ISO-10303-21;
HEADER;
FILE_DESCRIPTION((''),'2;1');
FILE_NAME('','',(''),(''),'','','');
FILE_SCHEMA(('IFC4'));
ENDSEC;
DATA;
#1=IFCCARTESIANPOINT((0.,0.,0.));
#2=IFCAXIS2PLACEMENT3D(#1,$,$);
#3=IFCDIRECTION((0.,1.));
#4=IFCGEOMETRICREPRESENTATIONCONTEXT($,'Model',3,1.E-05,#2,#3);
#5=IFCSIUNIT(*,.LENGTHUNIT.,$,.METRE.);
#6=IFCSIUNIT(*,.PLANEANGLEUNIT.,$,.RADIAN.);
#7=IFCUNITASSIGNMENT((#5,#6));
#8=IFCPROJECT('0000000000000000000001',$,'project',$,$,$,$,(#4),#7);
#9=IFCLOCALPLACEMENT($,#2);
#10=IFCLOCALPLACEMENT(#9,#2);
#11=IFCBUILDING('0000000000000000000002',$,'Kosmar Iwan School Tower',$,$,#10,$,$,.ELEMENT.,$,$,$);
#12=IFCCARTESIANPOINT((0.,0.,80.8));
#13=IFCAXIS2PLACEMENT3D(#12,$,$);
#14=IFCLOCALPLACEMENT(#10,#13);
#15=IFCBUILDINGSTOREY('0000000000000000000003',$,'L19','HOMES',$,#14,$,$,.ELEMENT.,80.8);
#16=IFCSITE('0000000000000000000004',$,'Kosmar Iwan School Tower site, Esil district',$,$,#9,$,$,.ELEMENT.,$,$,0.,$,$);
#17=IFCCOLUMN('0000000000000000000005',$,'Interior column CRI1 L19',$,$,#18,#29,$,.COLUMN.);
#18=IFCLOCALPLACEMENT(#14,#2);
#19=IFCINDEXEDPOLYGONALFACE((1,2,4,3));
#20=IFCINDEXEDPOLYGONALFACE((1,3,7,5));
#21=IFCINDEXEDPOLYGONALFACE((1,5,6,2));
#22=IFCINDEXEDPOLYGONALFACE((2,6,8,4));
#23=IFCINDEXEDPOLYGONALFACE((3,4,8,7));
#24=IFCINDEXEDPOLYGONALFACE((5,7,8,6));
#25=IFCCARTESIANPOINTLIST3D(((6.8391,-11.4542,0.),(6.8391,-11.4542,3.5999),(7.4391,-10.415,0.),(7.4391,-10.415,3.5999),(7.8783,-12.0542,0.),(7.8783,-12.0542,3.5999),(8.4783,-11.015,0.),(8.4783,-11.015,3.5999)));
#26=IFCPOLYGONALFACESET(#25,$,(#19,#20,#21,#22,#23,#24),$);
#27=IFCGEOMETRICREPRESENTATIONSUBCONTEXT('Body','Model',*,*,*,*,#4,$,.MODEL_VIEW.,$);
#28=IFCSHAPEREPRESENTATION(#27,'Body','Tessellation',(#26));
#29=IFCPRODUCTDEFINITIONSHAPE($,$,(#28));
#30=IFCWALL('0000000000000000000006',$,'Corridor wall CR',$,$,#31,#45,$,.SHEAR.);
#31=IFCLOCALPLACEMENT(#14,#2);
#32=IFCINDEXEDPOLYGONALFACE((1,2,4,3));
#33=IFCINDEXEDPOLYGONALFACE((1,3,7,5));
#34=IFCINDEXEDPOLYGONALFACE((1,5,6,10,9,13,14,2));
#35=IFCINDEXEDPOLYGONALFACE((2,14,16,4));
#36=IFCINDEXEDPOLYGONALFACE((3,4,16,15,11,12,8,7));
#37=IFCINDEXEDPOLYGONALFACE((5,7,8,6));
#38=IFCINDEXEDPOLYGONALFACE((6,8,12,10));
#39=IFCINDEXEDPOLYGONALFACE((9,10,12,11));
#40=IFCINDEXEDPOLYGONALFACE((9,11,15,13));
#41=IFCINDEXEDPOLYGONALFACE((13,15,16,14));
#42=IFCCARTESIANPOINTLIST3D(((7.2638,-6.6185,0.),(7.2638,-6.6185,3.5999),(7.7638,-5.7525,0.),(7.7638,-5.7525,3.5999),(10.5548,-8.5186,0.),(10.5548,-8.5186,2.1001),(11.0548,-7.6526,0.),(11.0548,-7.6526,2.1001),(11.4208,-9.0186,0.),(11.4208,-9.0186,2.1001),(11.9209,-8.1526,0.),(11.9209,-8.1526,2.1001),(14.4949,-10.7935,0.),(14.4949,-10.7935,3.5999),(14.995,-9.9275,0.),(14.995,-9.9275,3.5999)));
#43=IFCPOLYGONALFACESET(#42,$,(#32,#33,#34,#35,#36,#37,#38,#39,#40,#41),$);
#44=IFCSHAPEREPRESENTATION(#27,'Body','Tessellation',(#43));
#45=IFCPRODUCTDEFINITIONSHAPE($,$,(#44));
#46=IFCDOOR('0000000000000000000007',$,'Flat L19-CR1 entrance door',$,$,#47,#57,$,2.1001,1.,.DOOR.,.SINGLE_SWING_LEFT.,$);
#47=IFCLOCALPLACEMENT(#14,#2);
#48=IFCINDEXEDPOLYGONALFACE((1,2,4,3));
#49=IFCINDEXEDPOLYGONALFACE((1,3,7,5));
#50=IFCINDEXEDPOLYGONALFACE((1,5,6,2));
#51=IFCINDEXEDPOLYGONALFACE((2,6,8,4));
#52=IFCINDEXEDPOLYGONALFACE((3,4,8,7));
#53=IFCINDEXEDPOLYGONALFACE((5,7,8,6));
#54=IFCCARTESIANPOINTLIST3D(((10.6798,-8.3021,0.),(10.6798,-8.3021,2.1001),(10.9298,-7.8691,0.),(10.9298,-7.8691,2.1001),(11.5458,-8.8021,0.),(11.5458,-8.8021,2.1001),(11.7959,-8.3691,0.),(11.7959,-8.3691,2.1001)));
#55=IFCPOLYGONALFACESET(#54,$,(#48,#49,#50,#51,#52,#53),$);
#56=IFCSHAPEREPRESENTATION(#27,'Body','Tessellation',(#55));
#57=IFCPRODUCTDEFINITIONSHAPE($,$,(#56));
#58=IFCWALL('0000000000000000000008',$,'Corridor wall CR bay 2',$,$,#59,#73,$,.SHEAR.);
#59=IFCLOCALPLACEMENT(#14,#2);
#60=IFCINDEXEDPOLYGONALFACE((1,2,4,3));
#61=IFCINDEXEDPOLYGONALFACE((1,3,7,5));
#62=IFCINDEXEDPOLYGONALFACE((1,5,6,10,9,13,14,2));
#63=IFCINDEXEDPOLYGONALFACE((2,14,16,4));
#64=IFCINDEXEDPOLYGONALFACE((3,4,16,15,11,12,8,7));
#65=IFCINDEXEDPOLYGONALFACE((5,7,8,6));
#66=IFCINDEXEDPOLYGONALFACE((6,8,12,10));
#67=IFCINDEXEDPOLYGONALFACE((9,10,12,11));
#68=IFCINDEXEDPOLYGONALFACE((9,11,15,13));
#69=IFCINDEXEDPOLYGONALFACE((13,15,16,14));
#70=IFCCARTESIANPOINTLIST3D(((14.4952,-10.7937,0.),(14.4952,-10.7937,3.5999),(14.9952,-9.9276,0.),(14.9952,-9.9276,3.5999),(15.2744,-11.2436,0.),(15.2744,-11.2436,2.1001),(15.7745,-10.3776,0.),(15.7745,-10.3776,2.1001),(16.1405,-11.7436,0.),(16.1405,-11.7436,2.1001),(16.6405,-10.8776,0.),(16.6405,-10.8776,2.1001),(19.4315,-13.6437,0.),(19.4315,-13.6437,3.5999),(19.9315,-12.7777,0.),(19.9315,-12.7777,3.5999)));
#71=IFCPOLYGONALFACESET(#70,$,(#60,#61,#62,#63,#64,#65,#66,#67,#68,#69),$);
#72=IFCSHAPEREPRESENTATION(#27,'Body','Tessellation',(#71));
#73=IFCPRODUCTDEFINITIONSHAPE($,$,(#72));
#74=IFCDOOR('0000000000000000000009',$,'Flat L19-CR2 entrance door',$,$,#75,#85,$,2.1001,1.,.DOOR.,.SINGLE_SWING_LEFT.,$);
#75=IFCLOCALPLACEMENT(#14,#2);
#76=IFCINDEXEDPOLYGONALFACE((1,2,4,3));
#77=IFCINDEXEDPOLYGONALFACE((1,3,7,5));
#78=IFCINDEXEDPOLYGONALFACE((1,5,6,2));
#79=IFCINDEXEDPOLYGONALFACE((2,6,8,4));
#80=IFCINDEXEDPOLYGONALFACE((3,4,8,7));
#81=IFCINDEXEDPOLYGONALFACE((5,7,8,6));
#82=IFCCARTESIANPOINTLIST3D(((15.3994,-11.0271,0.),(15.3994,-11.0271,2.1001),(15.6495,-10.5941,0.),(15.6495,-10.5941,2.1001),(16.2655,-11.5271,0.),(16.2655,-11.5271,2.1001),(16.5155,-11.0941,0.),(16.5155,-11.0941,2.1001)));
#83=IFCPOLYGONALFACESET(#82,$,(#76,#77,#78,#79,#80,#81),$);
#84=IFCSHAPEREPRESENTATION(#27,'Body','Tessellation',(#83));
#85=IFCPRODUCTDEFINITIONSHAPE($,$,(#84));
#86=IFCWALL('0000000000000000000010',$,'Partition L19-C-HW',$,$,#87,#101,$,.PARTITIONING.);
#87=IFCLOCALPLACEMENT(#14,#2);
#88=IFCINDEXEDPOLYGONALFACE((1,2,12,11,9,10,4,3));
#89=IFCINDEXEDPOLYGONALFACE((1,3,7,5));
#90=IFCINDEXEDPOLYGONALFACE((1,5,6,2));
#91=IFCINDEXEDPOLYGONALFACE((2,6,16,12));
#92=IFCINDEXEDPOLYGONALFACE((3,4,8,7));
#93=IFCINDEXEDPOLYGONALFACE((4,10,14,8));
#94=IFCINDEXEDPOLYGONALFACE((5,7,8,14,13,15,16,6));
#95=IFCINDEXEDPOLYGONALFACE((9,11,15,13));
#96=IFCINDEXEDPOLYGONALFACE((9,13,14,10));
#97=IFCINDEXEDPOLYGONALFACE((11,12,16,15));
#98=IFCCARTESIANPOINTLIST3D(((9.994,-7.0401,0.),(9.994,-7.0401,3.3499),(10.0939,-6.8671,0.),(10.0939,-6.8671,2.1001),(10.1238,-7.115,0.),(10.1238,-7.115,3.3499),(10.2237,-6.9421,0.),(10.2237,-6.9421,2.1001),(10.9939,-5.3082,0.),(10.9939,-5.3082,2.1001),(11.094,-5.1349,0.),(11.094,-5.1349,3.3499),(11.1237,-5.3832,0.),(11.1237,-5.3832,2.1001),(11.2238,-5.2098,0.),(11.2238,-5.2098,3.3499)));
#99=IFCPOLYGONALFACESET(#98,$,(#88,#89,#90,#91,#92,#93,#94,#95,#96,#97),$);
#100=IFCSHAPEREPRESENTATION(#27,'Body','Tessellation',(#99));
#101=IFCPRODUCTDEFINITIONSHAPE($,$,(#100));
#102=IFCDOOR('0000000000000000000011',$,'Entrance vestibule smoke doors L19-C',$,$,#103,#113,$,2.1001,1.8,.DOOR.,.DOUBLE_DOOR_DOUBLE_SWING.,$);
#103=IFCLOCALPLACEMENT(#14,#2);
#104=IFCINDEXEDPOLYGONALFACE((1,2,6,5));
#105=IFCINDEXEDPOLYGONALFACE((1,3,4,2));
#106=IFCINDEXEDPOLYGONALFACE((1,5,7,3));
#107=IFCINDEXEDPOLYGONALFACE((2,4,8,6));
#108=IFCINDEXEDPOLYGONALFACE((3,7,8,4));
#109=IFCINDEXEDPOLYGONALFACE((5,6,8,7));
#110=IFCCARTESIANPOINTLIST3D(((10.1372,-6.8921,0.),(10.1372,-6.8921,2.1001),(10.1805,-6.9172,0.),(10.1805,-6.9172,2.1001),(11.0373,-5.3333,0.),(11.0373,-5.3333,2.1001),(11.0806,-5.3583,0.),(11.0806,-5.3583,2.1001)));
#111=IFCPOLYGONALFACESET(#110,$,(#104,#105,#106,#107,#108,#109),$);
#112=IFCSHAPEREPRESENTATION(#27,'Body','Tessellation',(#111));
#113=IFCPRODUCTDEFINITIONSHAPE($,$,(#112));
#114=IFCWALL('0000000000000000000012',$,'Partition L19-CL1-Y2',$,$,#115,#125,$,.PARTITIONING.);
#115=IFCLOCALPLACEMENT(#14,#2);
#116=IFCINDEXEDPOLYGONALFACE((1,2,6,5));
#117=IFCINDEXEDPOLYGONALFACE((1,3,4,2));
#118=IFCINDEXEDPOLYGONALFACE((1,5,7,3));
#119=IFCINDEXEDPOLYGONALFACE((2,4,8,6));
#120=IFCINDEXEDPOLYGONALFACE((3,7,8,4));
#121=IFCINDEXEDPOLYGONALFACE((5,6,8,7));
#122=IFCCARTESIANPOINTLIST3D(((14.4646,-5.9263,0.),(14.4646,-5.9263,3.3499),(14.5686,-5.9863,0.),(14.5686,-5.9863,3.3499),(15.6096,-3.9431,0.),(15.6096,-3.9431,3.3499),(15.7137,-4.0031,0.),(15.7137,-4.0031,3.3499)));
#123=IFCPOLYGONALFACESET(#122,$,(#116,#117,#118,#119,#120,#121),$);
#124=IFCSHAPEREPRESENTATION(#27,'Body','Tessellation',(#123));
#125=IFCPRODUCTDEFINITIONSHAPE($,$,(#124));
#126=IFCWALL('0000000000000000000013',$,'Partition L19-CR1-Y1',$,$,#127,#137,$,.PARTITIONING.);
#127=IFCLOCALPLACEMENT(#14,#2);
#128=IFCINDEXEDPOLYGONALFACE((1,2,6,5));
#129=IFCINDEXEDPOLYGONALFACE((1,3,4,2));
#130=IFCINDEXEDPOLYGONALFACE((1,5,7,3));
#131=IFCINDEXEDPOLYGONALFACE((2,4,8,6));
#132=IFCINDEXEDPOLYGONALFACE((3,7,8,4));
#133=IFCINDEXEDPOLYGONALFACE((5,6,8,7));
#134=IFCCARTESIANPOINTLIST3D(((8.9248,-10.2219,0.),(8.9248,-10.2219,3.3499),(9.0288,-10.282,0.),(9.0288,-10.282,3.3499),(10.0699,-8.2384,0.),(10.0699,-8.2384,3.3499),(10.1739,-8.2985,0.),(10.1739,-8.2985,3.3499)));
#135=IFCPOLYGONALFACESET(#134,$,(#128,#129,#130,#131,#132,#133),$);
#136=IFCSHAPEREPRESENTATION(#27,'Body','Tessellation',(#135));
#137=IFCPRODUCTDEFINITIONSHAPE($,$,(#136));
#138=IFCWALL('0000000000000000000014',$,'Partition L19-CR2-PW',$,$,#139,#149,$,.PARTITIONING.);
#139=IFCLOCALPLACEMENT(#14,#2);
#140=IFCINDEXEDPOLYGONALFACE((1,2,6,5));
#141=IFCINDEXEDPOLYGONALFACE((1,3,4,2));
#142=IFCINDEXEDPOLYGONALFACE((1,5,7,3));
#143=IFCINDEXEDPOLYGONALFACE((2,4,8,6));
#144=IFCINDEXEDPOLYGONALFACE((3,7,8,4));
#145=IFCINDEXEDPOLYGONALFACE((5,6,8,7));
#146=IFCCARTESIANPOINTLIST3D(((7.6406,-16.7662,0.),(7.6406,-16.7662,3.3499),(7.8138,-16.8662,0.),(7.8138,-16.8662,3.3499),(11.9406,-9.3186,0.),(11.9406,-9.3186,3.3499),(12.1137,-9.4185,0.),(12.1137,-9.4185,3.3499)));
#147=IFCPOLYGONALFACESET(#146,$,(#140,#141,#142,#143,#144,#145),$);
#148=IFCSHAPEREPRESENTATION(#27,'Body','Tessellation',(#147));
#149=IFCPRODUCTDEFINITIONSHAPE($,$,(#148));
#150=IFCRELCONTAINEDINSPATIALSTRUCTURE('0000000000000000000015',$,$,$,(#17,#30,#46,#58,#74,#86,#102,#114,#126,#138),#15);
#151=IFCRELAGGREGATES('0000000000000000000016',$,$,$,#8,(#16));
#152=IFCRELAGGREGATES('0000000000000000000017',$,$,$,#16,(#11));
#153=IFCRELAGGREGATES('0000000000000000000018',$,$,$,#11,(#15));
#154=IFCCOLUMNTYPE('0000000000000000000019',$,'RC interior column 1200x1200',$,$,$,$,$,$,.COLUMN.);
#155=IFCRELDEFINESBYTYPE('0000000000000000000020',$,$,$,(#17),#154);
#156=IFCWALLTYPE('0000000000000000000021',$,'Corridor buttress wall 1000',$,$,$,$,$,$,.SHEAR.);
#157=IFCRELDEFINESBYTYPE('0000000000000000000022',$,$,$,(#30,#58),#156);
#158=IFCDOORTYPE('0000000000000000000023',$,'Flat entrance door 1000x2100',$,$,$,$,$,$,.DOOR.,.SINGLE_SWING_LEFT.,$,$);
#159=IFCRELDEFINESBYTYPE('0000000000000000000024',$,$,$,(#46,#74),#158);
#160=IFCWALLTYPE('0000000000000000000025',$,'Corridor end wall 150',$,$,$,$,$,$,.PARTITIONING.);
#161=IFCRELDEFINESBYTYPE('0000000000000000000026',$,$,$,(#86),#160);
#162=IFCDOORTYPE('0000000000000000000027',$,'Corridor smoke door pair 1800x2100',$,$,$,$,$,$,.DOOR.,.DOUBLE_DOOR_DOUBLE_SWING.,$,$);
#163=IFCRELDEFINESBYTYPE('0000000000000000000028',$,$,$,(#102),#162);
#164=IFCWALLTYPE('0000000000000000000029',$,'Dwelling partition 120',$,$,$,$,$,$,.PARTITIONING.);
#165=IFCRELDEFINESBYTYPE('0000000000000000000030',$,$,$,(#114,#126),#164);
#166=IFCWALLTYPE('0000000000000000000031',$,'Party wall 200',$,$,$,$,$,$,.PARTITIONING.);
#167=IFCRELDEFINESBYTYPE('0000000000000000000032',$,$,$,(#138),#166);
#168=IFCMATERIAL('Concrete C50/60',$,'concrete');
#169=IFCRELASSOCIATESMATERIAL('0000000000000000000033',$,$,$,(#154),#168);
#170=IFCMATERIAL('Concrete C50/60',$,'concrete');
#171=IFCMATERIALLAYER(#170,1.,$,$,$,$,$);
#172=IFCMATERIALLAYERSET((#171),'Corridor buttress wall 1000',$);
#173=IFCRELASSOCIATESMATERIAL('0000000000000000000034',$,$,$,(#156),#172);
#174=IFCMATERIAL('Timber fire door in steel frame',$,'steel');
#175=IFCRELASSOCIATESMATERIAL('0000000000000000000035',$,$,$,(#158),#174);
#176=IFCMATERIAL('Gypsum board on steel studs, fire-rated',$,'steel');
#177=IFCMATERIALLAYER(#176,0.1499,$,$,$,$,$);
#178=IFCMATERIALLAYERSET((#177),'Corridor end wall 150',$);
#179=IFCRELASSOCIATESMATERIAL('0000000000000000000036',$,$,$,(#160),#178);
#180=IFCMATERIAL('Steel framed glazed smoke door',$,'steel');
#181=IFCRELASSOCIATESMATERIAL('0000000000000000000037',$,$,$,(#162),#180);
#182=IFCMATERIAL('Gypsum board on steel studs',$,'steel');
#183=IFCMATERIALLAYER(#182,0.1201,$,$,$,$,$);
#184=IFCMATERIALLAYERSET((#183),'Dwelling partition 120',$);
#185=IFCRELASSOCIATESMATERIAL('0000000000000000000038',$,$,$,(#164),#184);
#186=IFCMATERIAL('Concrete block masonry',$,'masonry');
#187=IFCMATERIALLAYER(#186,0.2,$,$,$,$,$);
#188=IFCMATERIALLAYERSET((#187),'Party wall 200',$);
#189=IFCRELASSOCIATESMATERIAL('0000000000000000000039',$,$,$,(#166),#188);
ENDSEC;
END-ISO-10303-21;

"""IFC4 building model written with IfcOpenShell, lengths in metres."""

from ifc_helpers import new_model, si_unit, direction, frame, frame_2d, origin, origin_2d, place, context, subcontext, project, spatial, rectangle, extrude, material, layer, layer_set, material_profile, profile_set, type_object, element, fill, save


model = new_model("IFC4")

# Units and contexts
model_context = context("Model", 3, precision=1e-05, world=origin(), true_north=direction((0.0, 1.0)))
body_context = subcontext(model_context, "Body", "Model", "MODEL_VIEW")
ifc_project = project(units=[si_unit("LENGTHUNIT", "METRE"), si_unit("PLANEANGLEUNIT", "RADIAN")], contexts=[model_context])

# Site, building, storey
site_placement = place(None, origin())
site = spatial("IfcSite", under=ifc_project, at=site_placement, Name="Kosmar Iwan School Tower site, Esil district", CompositionType="ELEMENT", RefElevation=0.0)
building_placement = place(site_placement, origin())
building = spatial("IfcBuilding", under=site, at=building_placement, Name="Kosmar Iwan School Tower", CompositionType="ELEMENT")
storey_placement = place(building_placement, frame((0.0, 0.0, 80.8)))
storey = spatial("IfcBuildingStorey", under=building, at=storey_placement, Name="L19", Description="HOMES", CompositionType="ELEMENT", Elevation=80.8)

# Column
ifc_material_1 = material(Name="Concrete C50/60", Category="concrete")
ifc_material_profile = material_profile(ifc_material_1, rectangle(XDim=1.2, YDim=1.2, at=origin_2d()), Name="RC 1200x1200")
ifc_profile_set = profile_set([ifc_material_profile], Name="Concrete C50/60")
column_type = type_object("IfcColumnType", Name="RC interior column 1200x1200", PredefinedType="COLUMN", material=ifc_profile_set)
column_placement = place(storey_placement, frame((7.6587, -11.2346, 0.0), z_axis=(0.0, 0.0, 1.0), x_axis=(0.866025, -0.5, 0.0)))
element("IfcColumn", 1, at=column_placement, inside=storey, type_object=column_type, Name="Interior column CRI1 L19", PredefinedType="COLUMN", context=body_context, shape_type="SweptSolid", body=[
    extrude(rectangle(XDim=1.2, YDim=1.2, at=origin_2d()), origin(), (0.0, 0.0, 1.0), 3.5999),
])

# Walls, openings, doors
ifc_material_2 = material(Name="Concrete C50/60", Category="concrete")
ifc_layer_1 = layer(ifc_material_2, 1.0)
ifc_layer_set_1 = layer_set([ifc_layer_1], Name="Corridor buttress wall 1000")
wall_type_1 = type_object("IfcWallType", Name="Corridor buttress wall 1000", PredefinedType="SHEAR", material=ifc_layer_set_1)
wall_1_placement = place(storey_placement, frame((7.5139, -6.1855, 0.0), z_axis=(0.0, 0.0, 1.0), x_axis=(0.86602, -0.50001, 0.0)))
wall_1 = element("IfcWall", 2, at=wall_1_placement, inside=storey, type_object=wall_type_1, Name="Corridor wall CR", PredefinedType="SHEAR", context=body_context, shape_type="SweptSolid", body=[
    extrude(rectangle(XDim=8.3499, YDim=1.0, at=frame_2d((4.1748, 0.0))), origin(), (0.0, 0.0, 1.0), 3.5999),
])
opening_1_placement = place(wall_1_placement, frame((3.8, 0.0, 0.0)))
opening_1 = element("IfcOpeningElement", 3, at=opening_1_placement, cuts=wall_1, PredefinedType="OPENING", context=body_context, shape_type="SweptSolid", body=[
    extrude(rectangle(XDim=1.0, YDim=2.1001, at=frame_2d((0.5, 1.05))), frame((0.0, 0.512, 0.0), z_axis=(0.0, -1.0, 0.0), x_axis=(1.0, 0.0, 0.0)), (0.0, 0.0, 1.0), 1.0239),
])
ifc_material_3 = material(Name="Timber fire door in steel frame", Category="steel")
door_type_1 = type_object("IfcDoorType", Name="Flat entrance door 1000x2100", OperationType="SINGLE_SWING_LEFT", PredefinedType="DOOR", material=ifc_material_3)
door_1_placement = place(opening_1_placement, origin())
door_1 = element("IfcDoor", 4, at=door_1_placement, inside=storey, type_object=door_type_1, Name="Flat L19-CR1 entrance door", OperationType="SINGLE_SWING_LEFT", OverallHeight=2.1001, OverallWidth=1.0, PredefinedType="DOOR", context=body_context, shape_type="SweptSolid", body=[
    extrude(rectangle(XDim=1.0, YDim=2.1001, at=frame_2d((0.5, 1.05))), frame((0.0, 0.25, 0.0), z_axis=(0.0, -1.0, 0.0), x_axis=(1.0, 0.0, 0.0)), (0.0, 0.0, 1.0), 0.5),
])
fill(opening_1, door_1)
wall_2_placement = place(storey_placement, frame((14.7451, -10.3606, 0.0), z_axis=(0.0, 0.0, 1.0), x_axis=(0.866015, -0.500018, 0.0)))
wall_2 = element("IfcWall", 5, at=wall_2_placement, inside=storey, type_object=wall_type_1, Name="Corridor wall CR bay 2", PredefinedType="SHEAR", context=body_context, shape_type="SweptSolid", body=[
    extrude(rectangle(XDim=5.7, YDim=1.0, at=frame_2d((2.8501, 0.0))), origin(), (0.0, 0.0, 1.0), 3.5999),
])
opening_2_placement = place(wall_2_placement, frame((0.8999, 0.0, 0.0)))
opening_2 = element("IfcOpeningElement", 6, at=opening_2_placement, cuts=wall_2, PredefinedType="OPENING", context=body_context, shape_type="SweptSolid", body=[
    extrude(rectangle(XDim=1.0, YDim=2.1001, at=frame_2d((0.5, 1.05))), frame((0.0, 0.512, 0.0), z_axis=(0.0, -1.0, 0.0), x_axis=(1.0, 0.0, 0.0)), (0.0, 0.0, 1.0), 1.0239),
])
door_2_placement = place(opening_2_placement, origin())
door_2 = element("IfcDoor", 7, at=door_2_placement, inside=storey, type_object=door_type_1, Name="Flat L19-CR2 entrance door", OperationType="SINGLE_SWING_LEFT", OverallHeight=2.1001, OverallWidth=1.0, PredefinedType="DOOR", context=body_context, shape_type="SweptSolid", body=[
    extrude(rectangle(XDim=1.0, YDim=2.1001, at=frame_2d((0.5, 1.05))), frame((0.0, 0.25, 0.0), z_axis=(0.0, -1.0, 0.0), x_axis=(1.0, 0.0, 0.0)), (0.0, 0.0, 1.0), 0.5),
])
fill(opening_2, door_2)
ifc_material_4 = material(Name="Gypsum board on steel studs, fire-rated", Category="steel")
ifc_layer_2 = layer(ifc_material_4, 0.1499)
ifc_layer_set_2 = layer_set([ifc_layer_2], Name="Corridor end wall 150")
wall_type_2 = type_object("IfcWallType", Name="Corridor end wall 150", PredefinedType="PARTITIONING", material=ifc_layer_set_2)
wall_3_placement = place(storey_placement, frame((10.0588, -7.0776, 0.0), z_axis=(0.0, 0.0, 1.0), x_axis=(0.50003, 0.866008, 0.0)))
wall_3 = element("IfcWall", 8, at=wall_3_placement, inside=storey, type_object=wall_type_2, Name="Partition L19-C-HW", PredefinedType="PARTITIONING", context=body_context, shape_type="SweptSolid", body=[
    extrude(rectangle(XDim=2.2, YDim=0.1499, at=frame_2d((1.1001, 0.0))), origin(), (0.0, 0.0, 1.0), 3.3499),
])
opening_3_placement = place(wall_3_placement, frame((0.2, 0.0, 0.0)))
opening_3 = element("IfcOpeningElement", 9, at=opening_3_placement, cuts=wall_3, PredefinedType="OPENING", context=body_context, shape_type="SweptSolid", body=[
    extrude(rectangle(XDim=1.8, YDim=2.1001, at=frame_2d((0.8999, 1.05))), frame((0.0, 0.0869, 0.0), z_axis=(0.0, -1.0, 0.0), x_axis=(1.0, 0.0, 0.0)), (0.0, 0.0, 1.0), 0.1738),
])
ifc_material_5 = material(Name="Steel framed glazed smoke door", Category="steel")
door_type_2 = type_object("IfcDoorType", Name="Corridor smoke door pair 1800x2100", OperationType="DOUBLE_DOOR_DOUBLE_SWING", PredefinedType="DOOR", material=ifc_material_5)
door_3_placement = place(opening_3_placement, origin())
door_3 = element("IfcDoor", 10, at=door_3_placement, inside=storey, type_object=door_type_2, Name="Entrance vestibule smoke doors L19-C", OperationType="DOUBLE_DOOR_DOUBLE_SWING", OverallHeight=2.1001, OverallWidth=1.8, PredefinedType="DOOR", context=body_context, shape_type="SweptSolid", body=[
    extrude(rectangle(XDim=1.8, YDim=2.1001, at=frame_2d((0.8999, 1.05))), frame((0.0, 0.0249, 0.0), z_axis=(0.0, -1.0, 0.0), x_axis=(1.0, 0.0, 0.0)), (0.0, 0.0, 1.0), 0.05),
])
fill(opening_3, door_3)

# Walls
ifc_material_6 = material(Name="Gypsum board on steel studs", Category="steel")
ifc_layer_3 = layer(ifc_material_6, 0.1201)
ifc_layer_set_3 = layer_set([ifc_layer_3], Name="Dwelling partition 120")
wall_type_3 = type_object("IfcWallType", Name="Dwelling partition 120", PredefinedType="PARTITIONING", material=ifc_layer_set_3)
wall_4_placement = place(storey_placement, frame((14.5166, -5.9563, 0.0), z_axis=(0.0, 0.0, 1.0), x_axis=(0.500015, 0.866017, 0.0)))
element("IfcWall", 11, at=wall_4_placement, inside=storey, type_object=wall_type_3, Name="Partition L19-CL1-Y2", PredefinedType="PARTITIONING", context=body_context, shape_type="SweptSolid", body=[
    extrude(rectangle(XDim=2.29, YDim=0.1201, at=frame_2d((1.145, 0.0))), origin(), (0.0, 0.0, 1.0), 3.3499),
])
wall_5_placement = place(storey_placement, frame((10.1218, -8.2686, 0.0), z_axis=(0.0, 0.0, 1.0), x_axis=(-0.499969, -0.866044, 0.0)))
element("IfcWall", 12, at=wall_5_placement, inside=storey, type_object=wall_type_3, Name="Partition L19-CR1-Y1", PredefinedType="PARTITIONING", context=body_context, shape_type="SweptSolid", body=[
    extrude(rectangle(XDim=2.2903, YDim=0.1201, at=frame_2d((1.145, 0.0))), origin(), (0.0, 0.0, 1.0), 3.3499),
])
ifc_material_7 = material(Name="Concrete block masonry", Category="masonry")
ifc_layer_4 = layer(ifc_material_7, 0.2)
ifc_layer_set_4 = layer_set([ifc_layer_4], Name="Party wall 200")
wall_type_4 = type_object("IfcWallType", Name="Party wall 200", PredefinedType="PARTITIONING", material=ifc_layer_set_4)
wall_6_placement = place(storey_placement, frame((12.0271, -9.3687, 0.0), z_axis=(0.0, 0.0, 1.0), x_axis=(-0.500008, -0.866021, 0.0)))
element("IfcWall", 13, at=wall_6_placement, inside=storey, type_object=wall_type_4, Name="Partition L19-CR2-PW", PredefinedType="PARTITIONING", context=body_context, shape_type="SweptSolid", body=[
    extrude(rectangle(XDim=8.5999, YDim=0.2, at=frame_2d((4.2998, 0.0))), origin(), (0.0, 0.0, 1.0), 3.3499),
])

save(model, "model.ifc")
